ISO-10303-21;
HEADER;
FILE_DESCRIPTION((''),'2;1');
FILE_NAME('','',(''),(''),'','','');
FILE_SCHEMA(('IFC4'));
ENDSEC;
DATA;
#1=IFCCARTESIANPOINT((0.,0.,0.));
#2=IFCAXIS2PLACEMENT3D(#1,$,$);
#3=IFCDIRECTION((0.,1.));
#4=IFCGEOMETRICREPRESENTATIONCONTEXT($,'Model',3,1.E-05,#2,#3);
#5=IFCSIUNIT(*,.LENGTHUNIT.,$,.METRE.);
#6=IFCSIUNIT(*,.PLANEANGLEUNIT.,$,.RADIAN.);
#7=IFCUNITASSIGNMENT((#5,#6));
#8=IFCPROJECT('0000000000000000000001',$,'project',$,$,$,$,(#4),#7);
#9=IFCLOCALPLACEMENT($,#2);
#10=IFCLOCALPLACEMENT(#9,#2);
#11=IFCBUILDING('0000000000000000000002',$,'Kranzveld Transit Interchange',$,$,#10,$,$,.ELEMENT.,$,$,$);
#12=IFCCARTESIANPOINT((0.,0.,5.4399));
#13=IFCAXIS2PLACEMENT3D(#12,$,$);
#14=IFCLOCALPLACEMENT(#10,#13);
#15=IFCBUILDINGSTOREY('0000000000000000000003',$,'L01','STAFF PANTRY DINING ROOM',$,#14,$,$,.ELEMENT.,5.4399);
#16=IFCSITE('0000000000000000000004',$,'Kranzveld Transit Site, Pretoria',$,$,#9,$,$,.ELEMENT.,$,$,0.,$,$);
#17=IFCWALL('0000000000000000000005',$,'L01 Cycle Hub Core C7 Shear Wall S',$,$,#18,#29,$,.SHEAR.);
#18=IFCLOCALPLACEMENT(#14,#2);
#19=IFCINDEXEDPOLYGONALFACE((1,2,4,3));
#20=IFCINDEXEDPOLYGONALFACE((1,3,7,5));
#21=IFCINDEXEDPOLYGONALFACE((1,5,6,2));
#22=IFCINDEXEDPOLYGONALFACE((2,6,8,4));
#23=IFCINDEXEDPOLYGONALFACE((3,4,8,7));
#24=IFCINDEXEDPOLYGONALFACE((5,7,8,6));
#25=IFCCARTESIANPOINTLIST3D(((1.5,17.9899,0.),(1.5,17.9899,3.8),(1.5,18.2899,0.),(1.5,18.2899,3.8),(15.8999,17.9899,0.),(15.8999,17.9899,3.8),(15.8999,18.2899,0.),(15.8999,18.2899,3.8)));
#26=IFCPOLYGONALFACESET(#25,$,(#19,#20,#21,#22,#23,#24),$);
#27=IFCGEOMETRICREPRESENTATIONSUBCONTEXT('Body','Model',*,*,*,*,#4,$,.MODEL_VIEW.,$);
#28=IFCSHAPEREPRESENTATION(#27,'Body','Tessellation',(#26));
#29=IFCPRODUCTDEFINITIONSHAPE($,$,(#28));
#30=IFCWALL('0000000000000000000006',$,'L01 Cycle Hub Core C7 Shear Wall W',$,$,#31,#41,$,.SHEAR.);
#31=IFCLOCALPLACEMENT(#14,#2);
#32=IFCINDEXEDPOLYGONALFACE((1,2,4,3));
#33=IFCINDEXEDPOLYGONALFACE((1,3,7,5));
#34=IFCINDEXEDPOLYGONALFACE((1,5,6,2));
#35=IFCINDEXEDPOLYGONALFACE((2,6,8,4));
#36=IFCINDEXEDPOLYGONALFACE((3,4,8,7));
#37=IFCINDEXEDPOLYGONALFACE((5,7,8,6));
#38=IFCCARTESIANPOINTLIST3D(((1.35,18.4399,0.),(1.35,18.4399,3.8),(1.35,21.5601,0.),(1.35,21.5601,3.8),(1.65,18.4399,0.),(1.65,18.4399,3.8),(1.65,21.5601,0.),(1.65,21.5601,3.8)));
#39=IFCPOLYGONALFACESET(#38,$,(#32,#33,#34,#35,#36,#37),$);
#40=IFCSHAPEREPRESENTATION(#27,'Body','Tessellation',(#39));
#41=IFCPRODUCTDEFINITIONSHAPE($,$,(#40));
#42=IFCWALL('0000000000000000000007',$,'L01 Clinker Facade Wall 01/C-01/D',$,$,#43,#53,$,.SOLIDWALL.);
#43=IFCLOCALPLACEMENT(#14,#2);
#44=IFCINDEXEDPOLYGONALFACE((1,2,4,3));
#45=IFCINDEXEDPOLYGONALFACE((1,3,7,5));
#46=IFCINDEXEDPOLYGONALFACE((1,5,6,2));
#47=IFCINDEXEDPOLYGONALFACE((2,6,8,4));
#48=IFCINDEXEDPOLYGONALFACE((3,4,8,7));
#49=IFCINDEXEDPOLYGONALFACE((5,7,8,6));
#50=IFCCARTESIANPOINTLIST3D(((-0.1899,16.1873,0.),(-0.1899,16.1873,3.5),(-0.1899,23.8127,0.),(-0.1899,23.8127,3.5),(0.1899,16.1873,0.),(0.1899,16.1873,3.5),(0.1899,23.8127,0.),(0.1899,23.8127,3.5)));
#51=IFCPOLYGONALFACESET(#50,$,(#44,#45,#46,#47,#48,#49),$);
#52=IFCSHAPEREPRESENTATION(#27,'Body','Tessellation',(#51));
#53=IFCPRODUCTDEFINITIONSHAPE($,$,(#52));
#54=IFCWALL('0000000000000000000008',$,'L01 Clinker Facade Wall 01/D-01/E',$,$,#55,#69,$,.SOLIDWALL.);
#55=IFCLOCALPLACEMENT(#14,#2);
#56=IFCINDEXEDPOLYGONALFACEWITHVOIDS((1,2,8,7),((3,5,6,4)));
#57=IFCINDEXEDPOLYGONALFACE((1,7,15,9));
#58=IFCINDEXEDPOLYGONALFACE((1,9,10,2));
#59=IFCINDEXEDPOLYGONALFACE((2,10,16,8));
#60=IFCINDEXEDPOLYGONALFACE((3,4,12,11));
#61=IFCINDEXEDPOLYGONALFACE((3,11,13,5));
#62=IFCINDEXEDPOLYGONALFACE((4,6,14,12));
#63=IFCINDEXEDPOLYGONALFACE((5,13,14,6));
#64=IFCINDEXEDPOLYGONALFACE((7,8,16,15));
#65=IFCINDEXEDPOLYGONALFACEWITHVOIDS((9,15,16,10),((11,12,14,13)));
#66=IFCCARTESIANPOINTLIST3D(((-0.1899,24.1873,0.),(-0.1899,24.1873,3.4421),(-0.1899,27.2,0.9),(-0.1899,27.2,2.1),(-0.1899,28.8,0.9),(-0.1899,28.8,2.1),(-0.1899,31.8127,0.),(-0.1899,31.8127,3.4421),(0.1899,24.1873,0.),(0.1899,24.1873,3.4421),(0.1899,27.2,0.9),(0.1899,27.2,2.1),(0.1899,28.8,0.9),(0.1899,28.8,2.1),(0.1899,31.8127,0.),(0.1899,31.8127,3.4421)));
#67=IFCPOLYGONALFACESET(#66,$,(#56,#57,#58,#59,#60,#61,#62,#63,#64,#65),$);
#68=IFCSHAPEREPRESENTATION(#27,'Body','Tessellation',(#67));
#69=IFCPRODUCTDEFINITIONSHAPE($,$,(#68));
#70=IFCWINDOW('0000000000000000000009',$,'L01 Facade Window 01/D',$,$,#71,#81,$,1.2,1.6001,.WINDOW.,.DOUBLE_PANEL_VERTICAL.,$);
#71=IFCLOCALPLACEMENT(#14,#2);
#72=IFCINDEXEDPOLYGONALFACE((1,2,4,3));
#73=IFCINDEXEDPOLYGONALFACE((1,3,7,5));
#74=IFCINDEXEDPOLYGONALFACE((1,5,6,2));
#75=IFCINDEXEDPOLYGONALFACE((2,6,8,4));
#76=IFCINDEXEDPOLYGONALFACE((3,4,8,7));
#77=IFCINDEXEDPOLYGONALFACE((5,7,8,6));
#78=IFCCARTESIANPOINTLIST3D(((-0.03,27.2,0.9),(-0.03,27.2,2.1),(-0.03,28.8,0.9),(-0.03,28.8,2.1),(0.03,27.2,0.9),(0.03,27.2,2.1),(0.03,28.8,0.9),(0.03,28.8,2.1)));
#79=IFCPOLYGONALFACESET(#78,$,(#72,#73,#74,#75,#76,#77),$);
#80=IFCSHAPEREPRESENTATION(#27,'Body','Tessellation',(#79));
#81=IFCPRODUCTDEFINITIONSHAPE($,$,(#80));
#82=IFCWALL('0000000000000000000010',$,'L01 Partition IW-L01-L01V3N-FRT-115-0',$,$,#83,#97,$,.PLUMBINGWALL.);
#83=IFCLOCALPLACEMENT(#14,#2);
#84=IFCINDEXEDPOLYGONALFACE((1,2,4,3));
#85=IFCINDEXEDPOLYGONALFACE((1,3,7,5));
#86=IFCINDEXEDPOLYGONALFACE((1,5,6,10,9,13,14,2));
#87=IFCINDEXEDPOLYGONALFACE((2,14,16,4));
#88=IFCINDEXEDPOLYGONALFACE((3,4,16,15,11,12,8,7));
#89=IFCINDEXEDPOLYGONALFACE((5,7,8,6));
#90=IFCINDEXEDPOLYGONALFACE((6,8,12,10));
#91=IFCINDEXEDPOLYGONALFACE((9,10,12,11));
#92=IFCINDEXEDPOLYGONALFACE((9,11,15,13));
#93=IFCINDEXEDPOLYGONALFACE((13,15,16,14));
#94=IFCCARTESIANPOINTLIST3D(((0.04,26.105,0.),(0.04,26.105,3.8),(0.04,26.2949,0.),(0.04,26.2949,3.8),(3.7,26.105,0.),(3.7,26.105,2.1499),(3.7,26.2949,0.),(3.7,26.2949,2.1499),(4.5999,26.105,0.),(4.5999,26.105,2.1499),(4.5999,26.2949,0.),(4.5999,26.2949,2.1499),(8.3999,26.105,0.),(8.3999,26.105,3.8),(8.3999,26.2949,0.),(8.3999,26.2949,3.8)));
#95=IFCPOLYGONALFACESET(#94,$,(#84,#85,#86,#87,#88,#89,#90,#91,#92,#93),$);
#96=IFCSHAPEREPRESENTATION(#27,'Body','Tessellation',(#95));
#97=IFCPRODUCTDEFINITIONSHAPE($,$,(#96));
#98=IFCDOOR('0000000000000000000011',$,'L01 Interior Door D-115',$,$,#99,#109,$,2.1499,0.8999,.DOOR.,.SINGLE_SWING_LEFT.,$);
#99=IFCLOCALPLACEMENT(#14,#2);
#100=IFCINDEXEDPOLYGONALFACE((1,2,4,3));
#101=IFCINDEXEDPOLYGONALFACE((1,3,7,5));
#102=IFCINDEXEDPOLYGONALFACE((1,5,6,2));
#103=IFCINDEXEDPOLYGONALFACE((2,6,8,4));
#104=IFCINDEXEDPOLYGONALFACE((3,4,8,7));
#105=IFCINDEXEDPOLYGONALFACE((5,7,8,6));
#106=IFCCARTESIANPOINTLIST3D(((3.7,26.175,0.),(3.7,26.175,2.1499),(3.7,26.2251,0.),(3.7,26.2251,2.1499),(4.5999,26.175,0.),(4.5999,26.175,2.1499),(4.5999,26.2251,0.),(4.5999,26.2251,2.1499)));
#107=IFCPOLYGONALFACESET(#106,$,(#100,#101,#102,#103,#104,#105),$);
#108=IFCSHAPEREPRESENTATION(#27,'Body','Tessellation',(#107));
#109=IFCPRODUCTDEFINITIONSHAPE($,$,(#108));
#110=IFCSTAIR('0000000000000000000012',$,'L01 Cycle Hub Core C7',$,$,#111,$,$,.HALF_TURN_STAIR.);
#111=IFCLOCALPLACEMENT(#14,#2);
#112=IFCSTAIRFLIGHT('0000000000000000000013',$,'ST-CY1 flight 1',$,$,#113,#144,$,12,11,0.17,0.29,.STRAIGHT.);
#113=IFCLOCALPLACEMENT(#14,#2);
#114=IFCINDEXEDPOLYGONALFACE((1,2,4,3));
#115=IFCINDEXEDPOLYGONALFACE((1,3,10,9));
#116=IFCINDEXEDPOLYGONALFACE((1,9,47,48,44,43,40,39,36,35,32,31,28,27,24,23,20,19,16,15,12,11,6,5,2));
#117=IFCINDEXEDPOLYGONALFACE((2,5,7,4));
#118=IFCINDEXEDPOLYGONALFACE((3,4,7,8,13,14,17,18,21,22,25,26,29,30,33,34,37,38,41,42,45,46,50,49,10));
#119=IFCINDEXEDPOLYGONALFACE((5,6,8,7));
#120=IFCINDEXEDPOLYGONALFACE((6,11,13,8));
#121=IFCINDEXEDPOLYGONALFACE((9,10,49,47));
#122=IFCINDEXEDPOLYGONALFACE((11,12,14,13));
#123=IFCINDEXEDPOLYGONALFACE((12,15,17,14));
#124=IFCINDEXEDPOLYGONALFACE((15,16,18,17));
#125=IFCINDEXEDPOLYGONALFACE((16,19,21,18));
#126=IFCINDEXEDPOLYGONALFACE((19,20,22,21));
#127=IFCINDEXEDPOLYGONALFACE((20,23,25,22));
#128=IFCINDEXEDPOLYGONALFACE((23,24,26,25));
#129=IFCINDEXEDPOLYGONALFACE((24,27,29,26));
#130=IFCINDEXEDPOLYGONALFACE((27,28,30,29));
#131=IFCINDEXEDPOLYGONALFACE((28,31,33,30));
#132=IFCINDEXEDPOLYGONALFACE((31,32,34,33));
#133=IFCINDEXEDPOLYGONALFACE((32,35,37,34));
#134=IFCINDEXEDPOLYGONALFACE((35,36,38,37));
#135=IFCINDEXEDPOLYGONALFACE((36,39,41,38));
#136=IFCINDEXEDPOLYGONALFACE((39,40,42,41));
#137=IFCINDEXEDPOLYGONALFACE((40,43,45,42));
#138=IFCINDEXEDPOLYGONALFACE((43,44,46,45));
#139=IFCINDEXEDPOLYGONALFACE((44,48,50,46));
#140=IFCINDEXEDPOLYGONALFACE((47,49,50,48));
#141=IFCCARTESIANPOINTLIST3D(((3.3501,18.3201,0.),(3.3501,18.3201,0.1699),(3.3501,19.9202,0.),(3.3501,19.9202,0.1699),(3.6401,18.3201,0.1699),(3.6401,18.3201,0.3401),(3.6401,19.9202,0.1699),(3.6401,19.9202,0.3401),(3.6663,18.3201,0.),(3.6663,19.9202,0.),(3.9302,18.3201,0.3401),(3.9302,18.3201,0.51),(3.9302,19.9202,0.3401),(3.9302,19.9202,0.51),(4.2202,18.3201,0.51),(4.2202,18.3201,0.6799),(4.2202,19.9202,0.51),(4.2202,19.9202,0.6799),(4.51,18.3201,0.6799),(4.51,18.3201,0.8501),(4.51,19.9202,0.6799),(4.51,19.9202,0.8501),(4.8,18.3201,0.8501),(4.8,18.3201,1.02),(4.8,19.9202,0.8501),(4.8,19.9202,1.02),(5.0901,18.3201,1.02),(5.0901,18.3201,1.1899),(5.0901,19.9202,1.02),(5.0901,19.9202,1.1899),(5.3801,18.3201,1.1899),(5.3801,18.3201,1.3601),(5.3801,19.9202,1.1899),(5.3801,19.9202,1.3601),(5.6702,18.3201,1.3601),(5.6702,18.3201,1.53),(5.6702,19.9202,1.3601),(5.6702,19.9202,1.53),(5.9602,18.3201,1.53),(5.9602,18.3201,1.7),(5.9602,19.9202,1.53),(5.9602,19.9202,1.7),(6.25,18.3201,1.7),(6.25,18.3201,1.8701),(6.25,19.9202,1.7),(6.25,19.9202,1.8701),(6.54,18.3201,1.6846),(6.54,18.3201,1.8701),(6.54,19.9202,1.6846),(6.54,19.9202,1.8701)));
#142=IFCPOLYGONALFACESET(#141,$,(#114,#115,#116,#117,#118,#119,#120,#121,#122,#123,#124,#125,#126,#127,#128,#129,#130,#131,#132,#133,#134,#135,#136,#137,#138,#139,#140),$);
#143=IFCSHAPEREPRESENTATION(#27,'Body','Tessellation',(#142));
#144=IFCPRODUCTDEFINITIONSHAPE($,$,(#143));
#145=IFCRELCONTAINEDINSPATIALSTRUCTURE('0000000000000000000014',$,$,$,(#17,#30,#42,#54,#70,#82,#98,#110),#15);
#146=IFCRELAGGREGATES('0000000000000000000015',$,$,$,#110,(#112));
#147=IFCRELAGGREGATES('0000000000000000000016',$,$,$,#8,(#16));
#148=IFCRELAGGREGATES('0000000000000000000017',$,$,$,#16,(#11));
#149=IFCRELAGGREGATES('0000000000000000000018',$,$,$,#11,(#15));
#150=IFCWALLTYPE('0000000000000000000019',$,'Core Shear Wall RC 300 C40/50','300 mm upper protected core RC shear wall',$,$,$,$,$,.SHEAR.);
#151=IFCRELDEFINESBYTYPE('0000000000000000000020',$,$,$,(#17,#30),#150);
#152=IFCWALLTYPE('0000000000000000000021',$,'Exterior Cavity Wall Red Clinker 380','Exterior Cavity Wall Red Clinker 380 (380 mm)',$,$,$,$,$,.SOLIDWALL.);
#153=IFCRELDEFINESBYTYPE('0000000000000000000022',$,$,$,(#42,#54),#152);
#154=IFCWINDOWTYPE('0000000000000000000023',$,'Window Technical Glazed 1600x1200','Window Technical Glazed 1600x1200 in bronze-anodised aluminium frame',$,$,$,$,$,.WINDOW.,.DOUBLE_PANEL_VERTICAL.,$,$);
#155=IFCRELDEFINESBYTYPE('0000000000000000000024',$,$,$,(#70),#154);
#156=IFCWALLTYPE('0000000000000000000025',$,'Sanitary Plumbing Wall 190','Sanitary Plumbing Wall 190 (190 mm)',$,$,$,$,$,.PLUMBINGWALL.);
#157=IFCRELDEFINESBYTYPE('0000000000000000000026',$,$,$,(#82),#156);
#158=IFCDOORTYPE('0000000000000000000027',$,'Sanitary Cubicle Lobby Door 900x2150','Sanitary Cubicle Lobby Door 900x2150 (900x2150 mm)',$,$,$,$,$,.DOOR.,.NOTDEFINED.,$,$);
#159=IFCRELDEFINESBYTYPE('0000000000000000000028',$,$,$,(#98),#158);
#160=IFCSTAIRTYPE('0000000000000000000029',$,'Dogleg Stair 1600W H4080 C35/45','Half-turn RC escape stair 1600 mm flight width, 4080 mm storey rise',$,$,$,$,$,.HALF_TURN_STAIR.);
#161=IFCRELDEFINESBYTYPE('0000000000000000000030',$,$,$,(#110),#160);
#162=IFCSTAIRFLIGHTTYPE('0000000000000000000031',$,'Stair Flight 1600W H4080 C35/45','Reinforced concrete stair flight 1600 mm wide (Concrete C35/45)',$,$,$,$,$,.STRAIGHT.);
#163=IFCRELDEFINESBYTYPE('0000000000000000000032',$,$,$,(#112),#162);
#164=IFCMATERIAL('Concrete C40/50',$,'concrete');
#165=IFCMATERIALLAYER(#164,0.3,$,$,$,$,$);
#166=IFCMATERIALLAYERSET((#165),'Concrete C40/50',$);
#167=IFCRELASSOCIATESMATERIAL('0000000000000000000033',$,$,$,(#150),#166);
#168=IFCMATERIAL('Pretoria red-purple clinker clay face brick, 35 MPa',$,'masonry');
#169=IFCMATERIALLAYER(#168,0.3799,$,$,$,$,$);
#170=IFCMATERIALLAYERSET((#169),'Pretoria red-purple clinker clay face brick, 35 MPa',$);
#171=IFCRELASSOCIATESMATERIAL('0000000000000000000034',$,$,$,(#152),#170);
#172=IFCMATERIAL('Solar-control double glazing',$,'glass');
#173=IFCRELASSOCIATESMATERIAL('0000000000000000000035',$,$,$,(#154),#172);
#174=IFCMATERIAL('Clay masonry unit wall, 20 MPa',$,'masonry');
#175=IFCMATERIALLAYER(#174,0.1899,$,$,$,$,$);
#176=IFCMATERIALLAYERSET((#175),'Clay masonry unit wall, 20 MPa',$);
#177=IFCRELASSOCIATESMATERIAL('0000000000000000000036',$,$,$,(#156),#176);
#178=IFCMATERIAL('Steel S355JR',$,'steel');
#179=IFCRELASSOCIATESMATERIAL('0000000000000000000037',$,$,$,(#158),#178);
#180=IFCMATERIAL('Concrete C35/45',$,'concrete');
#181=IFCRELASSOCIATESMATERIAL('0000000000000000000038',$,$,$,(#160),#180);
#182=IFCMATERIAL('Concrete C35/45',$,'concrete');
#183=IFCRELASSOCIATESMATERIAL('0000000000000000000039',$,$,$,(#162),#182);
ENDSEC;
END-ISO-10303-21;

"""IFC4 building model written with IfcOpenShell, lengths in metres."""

from ifc_helpers import new_model, si_unit, direction, frame, frame_2d, origin, place, context, subcontext, project, spatial, polyline, rectangle, outline, extrude, material, layer, layer_set, type_object, element, fill, aggregate, save


model = new_model("IFC4")

# Units and contexts
model_context = context("Model", 3, precision=1e-05, world=origin(), true_north=direction((0.0, 1.0)))
body_context = subcontext(model_context, "Body", "Model", "MODEL_VIEW")
ifc_project = project(units=[si_unit("LENGTHUNIT", "METRE"), si_unit("PLANEANGLEUNIT", "RADIAN")], contexts=[model_context])

# Site, building, storey
site_placement = place(None, origin())
site = spatial("IfcSite", under=ifc_project, at=site_placement, Name="Kranzveld Transit Site, Pretoria", CompositionType="ELEMENT", RefElevation=0.0)
building_placement = place(site_placement, origin())
building = spatial("IfcBuilding", under=site, at=building_placement, Name="Kranzveld Transit Interchange", CompositionType="ELEMENT")
storey_placement = place(building_placement, frame((0.0, 0.0, 5.4399)))
storey = spatial("IfcBuildingStorey", under=building, at=storey_placement, Name="L01", Description="STAFF PANTRY DINING ROOM", CompositionType="ELEMENT", Elevation=5.4399)

# Wall
ifc_material_1 = material(Name="Concrete C40/50", Category="concrete")
ifc_layer_1 = layer(ifc_material_1, 0.3)
ifc_layer_set_1 = layer_set([ifc_layer_1], Name="Concrete C40/50")
wall_type_1 = type_object("IfcWallType", Name="Core Shear Wall RC 300 C40/50", Description="300 mm upper protected core RC shear wall", PredefinedType="SHEAR", material=ifc_layer_set_1)
wall_1_placement = place(storey_placement, frame((1.5, 18.1399, 0.0), z_axis=(0.0, 0.0, 1.0), x_axis=(1.0, 0.0, 0.0)))
element("IfcWall", 1, at=wall_1_placement, inside=storey, type_object=wall_type_1, Name="L01 Cycle Hub Core C7 Shear Wall S", PredefinedType="SHEAR", context=body_context, shape_type="SweptSolid", body=[
    extrude(rectangle(XDim=14.3999, YDim=0.3, at=frame_2d((7.2, 0.0))), origin(), (0.0, 0.0, 1.0), 3.8),
])

# Walls
wall_2_placement = place(storey_placement, frame((1.5, 18.4399, 0.0), z_axis=(0.0, 0.0, 1.0), x_axis=(0.0, 1.0, 0.0)))
element("IfcWall", 2, at=wall_2_placement, inside=storey, type_object=wall_type_1, Name="L01 Cycle Hub Core C7 Shear Wall W", PredefinedType="SHEAR", context=body_context, shape_type="SweptSolid", body=[
    extrude(rectangle(XDim=3.1201, YDim=0.3, at=frame_2d((1.5601, 0.0))), origin(), (0.0, 0.0, 1.0), 3.8),
])
ifc_material_2 = material(Name="Pretoria red-purple clinker clay face brick, 35 MPa", Category="masonry")
ifc_layer_2 = layer(ifc_material_2, 0.3799)
ifc_layer_set_2 = layer_set([ifc_layer_2], Name="Pretoria red-purple clinker clay face brick, 35 MPa")
wall_type_2 = type_object("IfcWallType", Name="Exterior Cavity Wall Red Clinker 380", Description="Exterior Cavity Wall Red Clinker 380 (380 mm)", PredefinedType="SOLIDWALL", material=ifc_layer_set_2)
wall_3_placement = place(storey_placement, frame((0.0, 16.1873, 0.0), z_axis=(0.0, 0.0, 1.0), x_axis=(0.0, 1.0, 0.0)))
element("IfcWall", 3, at=wall_3_placement, inside=storey, type_object=wall_type_2, Name="L01 Clinker Facade Wall 01/C-01/D", PredefinedType="SOLIDWALL", context=body_context, shape_type="SweptSolid", body=[
    extrude(rectangle(XDim=7.6255, YDim=0.3799, at=frame_2d((3.8127, 0.0))), origin(), (0.0, 0.0, 1.0), 3.5),
])

# Wall, opening, window
wall_4_placement = place(storey_placement, frame((0.0, 24.1873, 0.0), z_axis=(0.0, 0.0, 1.0), x_axis=(0.0, 1.0, 0.0)))
wall_4 = element("IfcWall", 4, at=wall_4_placement, inside=storey, type_object=wall_type_2, Name="L01 Clinker Facade Wall 01/D-01/E", PredefinedType="SOLIDWALL", context=body_context, shape_type="SweptSolid", body=[
    extrude(rectangle(XDim=7.6255, YDim=0.3799, at=frame_2d((3.8127, 0.0))), origin(), (0.0, 0.0, 1.0), 3.4421),
])
opening_1_placement = place(wall_4_placement, frame((3.0127, 0.0, 0.8999), z_axis=(0.0, 0.0, 1.0), x_axis=(1.0, 0.0, 0.0)))
opening_1 = element("IfcOpeningElement", 5, at=opening_1_placement, cuts=wall_4, PredefinedType="OPENING", context=body_context, shape_type="SweptSolid", body=[
    extrude(rectangle(XDim=1.6001, YDim=1.2, at=frame_2d((0.8, 0.6001))), frame((0.0, 0.2, 0.0), z_axis=(0.0, -1.0, 0.0), x_axis=(1.0, 0.0, 0.0)), (0.0, 0.0, 1.0), 0.3999),
])
ifc_material_3 = material(Name="Solar-control double glazing", Category="glass")
window_type = type_object("IfcWindowType", Name="Window Technical Glazed 1600x1200", Description="Window Technical Glazed 1600x1200 in bronze-anodised aluminium frame", PartitioningType="DOUBLE_PANEL_VERTICAL", PredefinedType="WINDOW", material=ifc_material_3)
window_placement = place(opening_1_placement, origin())
window = element("IfcWindow", 6, at=window_placement, inside=storey, type_object=window_type, Name="L01 Facade Window 01/D", OverallHeight=1.2, OverallWidth=1.6001, PartitioningType="DOUBLE_PANEL_VERTICAL", PredefinedType="WINDOW", context=body_context, shape_type="SweptSolid", body=[
    extrude(rectangle(XDim=1.6001, YDim=1.2, at=frame_2d((0.8, 0.6001))), frame((0.0, 0.03, 0.0), z_axis=(0.0, -1.0, 0.0), x_axis=(1.0, 0.0, 0.0)), (0.0, 0.0, 1.0), 0.0601),
])
fill(opening_1, window)

# Wall, opening, door
ifc_material_4 = material(Name="Clay masonry unit wall, 20 MPa", Category="masonry")
ifc_layer_3 = layer(ifc_material_4, 0.1899)
ifc_layer_set_3 = layer_set([ifc_layer_3], Name="Clay masonry unit wall, 20 MPa")
wall_type_3 = type_object("IfcWallType", Name="Sanitary Plumbing Wall 190", Description="Sanitary Plumbing Wall 190 (190 mm)", PredefinedType="PLUMBINGWALL", material=ifc_layer_set_3)
wall_5_placement = place(storey_placement, frame((0.04, 26.2, 0.0), z_axis=(0.0, 0.0, 1.0), x_axis=(1.0, 0.0, 0.0)))
wall_5 = element("IfcWall", 7, at=wall_5_placement, inside=storey, type_object=wall_type_3, Name="L01 Partition IW-L01-L01V3N-FRT-115-0", PredefinedType="PLUMBINGWALL", context=body_context, shape_type="SweptSolid", body=[
    extrude(rectangle(XDim=8.3599, YDim=0.1899, at=frame_2d((4.1799, 0.0))), origin(), (0.0, 0.0, 1.0), 3.8),
])
opening_2_placement = place(wall_5_placement, frame((4.5598, 0.0, 0.0), z_axis=(0.0, 0.0, 1.0), x_axis=(-1.0, 0.0, 0.0)))
opening_2 = element("IfcOpeningElement", 8, at=opening_2_placement, cuts=wall_5, PredefinedType="OPENING", context=body_context, shape_type="SweptSolid", body=[
    extrude(rectangle(XDim=0.8999, YDim=2.1499, at=frame_2d((0.45, 1.075))), frame((0.0, 0.105, 0.0), z_axis=(0.0, -1.0, 0.0), x_axis=(1.0, 0.0, 0.0)), (0.0, 0.0, 1.0), 0.21),
])
ifc_material_5 = material(Name="Steel S355JR", Category="steel")
door_type_1 = type_object("IfcDoorType", Name="Sanitary Cubicle Lobby Door 900x2150", Description="Sanitary Cubicle Lobby Door 900x2150 (900x2150 mm)", OperationType="NOTDEFINED", PredefinedType="DOOR", material=ifc_material_5)
door_1_placement = place(opening_2_placement, origin())
door_1 = element("IfcDoor", 9, at=door_1_placement, inside=storey, type_object=door_type_1, Name="L01 Interior Door D-115", OperationType="SINGLE_SWING_LEFT", OverallHeight=2.1499, OverallWidth=0.8999, PredefinedType="DOOR", context=body_context, shape_type="SweptSolid", body=[
    extrude(rectangle(XDim=0.8999, YDim=2.1499, at=frame_2d((0.45, 1.075))), frame((0.0, 0.0249, 0.0), z_axis=(0.0, -1.0, 0.0), x_axis=(1.0, 0.0, 0.0)), (0.0, 0.0, 1.0), 0.05),
])
fill(opening_2, door_1)

# Stair, stair flight
ifc_material_6 = material(Name="Concrete C35/45", Category="concrete")
stair_type = type_object("IfcStairType", Name="Dogleg Stair 1600W H4080 C35/45", Description="Half-turn RC escape stair 1600 mm flight width, 4080 mm storey rise", PredefinedType="HALF_TURN_STAIR", material=ifc_material_6)
stair_placement = place(storey_placement, origin())
stair = element("IfcStair", 10, at=stair_placement, inside=storey, type_object=stair_type, Name="L01 Cycle Hub Core C7", PredefinedType="HALF_TURN_STAIR")
ifc_material_7 = material(Name="Concrete C35/45", Category="concrete")
stair_flight_type = type_object("IfcStairFlightType", Name="Stair Flight 1600W H4080 C35/45", Description="Reinforced concrete stair flight 1600 mm wide (Concrete C35/45)", PredefinedType="STRAIGHT", material=ifc_material_7)
stair_flight_1_placement = place(storey_placement, frame((3.3501, 19.1201, 0.0), z_axis=(0.0, 0.0, 1.0), x_axis=(1.0, 0.0, 0.0)))
stair_flight_1 = element("IfcStairFlight", 11, at=stair_flight_1_placement, type_object=stair_flight_type, Name="ST-CY1 flight 1", NumberOfRisers=12, NumberOfTreads=11, PredefinedType="STRAIGHT", RiserHeight=0.17, TreadLength=0.29, context=body_context, shape_type="SweptSolid", body=[
    extrude(outline(polyline([(0.0, 0.0), (0.0, 0.1699), (0.29, 0.1699), (0.29, 0.3401), (0.5801, 0.3401), (0.5801, 0.51), (0.8701, 0.51), (0.8701, 0.6799), (1.1599, 0.6799), (1.1599, 0.8501), (1.45, 0.8501), (1.45, 1.02), (1.74, 1.02), (1.74, 1.1899), (2.03, 1.1899), (2.03, 1.3601), (2.3201, 1.3601), (2.3201, 1.53), (2.6101, 1.53), (2.6101, 1.7), (2.8999, 1.7), (2.8999, 1.8701), (3.1899, 1.8701), (3.1899, 2.04), (3.1899, 1.6846), (0.3162, 0.0), (0.0, 0.0)])), frame((0.0, 0.8, 0.0), z_axis=(0.0, -1.0, 0.0), x_axis=(1.0, 0.0, 0.0)), (0.0, 0.0, 1.0), 1.6001),
])
aggregate(stair, [stair_flight_1])

save(model, "model.ifc")
